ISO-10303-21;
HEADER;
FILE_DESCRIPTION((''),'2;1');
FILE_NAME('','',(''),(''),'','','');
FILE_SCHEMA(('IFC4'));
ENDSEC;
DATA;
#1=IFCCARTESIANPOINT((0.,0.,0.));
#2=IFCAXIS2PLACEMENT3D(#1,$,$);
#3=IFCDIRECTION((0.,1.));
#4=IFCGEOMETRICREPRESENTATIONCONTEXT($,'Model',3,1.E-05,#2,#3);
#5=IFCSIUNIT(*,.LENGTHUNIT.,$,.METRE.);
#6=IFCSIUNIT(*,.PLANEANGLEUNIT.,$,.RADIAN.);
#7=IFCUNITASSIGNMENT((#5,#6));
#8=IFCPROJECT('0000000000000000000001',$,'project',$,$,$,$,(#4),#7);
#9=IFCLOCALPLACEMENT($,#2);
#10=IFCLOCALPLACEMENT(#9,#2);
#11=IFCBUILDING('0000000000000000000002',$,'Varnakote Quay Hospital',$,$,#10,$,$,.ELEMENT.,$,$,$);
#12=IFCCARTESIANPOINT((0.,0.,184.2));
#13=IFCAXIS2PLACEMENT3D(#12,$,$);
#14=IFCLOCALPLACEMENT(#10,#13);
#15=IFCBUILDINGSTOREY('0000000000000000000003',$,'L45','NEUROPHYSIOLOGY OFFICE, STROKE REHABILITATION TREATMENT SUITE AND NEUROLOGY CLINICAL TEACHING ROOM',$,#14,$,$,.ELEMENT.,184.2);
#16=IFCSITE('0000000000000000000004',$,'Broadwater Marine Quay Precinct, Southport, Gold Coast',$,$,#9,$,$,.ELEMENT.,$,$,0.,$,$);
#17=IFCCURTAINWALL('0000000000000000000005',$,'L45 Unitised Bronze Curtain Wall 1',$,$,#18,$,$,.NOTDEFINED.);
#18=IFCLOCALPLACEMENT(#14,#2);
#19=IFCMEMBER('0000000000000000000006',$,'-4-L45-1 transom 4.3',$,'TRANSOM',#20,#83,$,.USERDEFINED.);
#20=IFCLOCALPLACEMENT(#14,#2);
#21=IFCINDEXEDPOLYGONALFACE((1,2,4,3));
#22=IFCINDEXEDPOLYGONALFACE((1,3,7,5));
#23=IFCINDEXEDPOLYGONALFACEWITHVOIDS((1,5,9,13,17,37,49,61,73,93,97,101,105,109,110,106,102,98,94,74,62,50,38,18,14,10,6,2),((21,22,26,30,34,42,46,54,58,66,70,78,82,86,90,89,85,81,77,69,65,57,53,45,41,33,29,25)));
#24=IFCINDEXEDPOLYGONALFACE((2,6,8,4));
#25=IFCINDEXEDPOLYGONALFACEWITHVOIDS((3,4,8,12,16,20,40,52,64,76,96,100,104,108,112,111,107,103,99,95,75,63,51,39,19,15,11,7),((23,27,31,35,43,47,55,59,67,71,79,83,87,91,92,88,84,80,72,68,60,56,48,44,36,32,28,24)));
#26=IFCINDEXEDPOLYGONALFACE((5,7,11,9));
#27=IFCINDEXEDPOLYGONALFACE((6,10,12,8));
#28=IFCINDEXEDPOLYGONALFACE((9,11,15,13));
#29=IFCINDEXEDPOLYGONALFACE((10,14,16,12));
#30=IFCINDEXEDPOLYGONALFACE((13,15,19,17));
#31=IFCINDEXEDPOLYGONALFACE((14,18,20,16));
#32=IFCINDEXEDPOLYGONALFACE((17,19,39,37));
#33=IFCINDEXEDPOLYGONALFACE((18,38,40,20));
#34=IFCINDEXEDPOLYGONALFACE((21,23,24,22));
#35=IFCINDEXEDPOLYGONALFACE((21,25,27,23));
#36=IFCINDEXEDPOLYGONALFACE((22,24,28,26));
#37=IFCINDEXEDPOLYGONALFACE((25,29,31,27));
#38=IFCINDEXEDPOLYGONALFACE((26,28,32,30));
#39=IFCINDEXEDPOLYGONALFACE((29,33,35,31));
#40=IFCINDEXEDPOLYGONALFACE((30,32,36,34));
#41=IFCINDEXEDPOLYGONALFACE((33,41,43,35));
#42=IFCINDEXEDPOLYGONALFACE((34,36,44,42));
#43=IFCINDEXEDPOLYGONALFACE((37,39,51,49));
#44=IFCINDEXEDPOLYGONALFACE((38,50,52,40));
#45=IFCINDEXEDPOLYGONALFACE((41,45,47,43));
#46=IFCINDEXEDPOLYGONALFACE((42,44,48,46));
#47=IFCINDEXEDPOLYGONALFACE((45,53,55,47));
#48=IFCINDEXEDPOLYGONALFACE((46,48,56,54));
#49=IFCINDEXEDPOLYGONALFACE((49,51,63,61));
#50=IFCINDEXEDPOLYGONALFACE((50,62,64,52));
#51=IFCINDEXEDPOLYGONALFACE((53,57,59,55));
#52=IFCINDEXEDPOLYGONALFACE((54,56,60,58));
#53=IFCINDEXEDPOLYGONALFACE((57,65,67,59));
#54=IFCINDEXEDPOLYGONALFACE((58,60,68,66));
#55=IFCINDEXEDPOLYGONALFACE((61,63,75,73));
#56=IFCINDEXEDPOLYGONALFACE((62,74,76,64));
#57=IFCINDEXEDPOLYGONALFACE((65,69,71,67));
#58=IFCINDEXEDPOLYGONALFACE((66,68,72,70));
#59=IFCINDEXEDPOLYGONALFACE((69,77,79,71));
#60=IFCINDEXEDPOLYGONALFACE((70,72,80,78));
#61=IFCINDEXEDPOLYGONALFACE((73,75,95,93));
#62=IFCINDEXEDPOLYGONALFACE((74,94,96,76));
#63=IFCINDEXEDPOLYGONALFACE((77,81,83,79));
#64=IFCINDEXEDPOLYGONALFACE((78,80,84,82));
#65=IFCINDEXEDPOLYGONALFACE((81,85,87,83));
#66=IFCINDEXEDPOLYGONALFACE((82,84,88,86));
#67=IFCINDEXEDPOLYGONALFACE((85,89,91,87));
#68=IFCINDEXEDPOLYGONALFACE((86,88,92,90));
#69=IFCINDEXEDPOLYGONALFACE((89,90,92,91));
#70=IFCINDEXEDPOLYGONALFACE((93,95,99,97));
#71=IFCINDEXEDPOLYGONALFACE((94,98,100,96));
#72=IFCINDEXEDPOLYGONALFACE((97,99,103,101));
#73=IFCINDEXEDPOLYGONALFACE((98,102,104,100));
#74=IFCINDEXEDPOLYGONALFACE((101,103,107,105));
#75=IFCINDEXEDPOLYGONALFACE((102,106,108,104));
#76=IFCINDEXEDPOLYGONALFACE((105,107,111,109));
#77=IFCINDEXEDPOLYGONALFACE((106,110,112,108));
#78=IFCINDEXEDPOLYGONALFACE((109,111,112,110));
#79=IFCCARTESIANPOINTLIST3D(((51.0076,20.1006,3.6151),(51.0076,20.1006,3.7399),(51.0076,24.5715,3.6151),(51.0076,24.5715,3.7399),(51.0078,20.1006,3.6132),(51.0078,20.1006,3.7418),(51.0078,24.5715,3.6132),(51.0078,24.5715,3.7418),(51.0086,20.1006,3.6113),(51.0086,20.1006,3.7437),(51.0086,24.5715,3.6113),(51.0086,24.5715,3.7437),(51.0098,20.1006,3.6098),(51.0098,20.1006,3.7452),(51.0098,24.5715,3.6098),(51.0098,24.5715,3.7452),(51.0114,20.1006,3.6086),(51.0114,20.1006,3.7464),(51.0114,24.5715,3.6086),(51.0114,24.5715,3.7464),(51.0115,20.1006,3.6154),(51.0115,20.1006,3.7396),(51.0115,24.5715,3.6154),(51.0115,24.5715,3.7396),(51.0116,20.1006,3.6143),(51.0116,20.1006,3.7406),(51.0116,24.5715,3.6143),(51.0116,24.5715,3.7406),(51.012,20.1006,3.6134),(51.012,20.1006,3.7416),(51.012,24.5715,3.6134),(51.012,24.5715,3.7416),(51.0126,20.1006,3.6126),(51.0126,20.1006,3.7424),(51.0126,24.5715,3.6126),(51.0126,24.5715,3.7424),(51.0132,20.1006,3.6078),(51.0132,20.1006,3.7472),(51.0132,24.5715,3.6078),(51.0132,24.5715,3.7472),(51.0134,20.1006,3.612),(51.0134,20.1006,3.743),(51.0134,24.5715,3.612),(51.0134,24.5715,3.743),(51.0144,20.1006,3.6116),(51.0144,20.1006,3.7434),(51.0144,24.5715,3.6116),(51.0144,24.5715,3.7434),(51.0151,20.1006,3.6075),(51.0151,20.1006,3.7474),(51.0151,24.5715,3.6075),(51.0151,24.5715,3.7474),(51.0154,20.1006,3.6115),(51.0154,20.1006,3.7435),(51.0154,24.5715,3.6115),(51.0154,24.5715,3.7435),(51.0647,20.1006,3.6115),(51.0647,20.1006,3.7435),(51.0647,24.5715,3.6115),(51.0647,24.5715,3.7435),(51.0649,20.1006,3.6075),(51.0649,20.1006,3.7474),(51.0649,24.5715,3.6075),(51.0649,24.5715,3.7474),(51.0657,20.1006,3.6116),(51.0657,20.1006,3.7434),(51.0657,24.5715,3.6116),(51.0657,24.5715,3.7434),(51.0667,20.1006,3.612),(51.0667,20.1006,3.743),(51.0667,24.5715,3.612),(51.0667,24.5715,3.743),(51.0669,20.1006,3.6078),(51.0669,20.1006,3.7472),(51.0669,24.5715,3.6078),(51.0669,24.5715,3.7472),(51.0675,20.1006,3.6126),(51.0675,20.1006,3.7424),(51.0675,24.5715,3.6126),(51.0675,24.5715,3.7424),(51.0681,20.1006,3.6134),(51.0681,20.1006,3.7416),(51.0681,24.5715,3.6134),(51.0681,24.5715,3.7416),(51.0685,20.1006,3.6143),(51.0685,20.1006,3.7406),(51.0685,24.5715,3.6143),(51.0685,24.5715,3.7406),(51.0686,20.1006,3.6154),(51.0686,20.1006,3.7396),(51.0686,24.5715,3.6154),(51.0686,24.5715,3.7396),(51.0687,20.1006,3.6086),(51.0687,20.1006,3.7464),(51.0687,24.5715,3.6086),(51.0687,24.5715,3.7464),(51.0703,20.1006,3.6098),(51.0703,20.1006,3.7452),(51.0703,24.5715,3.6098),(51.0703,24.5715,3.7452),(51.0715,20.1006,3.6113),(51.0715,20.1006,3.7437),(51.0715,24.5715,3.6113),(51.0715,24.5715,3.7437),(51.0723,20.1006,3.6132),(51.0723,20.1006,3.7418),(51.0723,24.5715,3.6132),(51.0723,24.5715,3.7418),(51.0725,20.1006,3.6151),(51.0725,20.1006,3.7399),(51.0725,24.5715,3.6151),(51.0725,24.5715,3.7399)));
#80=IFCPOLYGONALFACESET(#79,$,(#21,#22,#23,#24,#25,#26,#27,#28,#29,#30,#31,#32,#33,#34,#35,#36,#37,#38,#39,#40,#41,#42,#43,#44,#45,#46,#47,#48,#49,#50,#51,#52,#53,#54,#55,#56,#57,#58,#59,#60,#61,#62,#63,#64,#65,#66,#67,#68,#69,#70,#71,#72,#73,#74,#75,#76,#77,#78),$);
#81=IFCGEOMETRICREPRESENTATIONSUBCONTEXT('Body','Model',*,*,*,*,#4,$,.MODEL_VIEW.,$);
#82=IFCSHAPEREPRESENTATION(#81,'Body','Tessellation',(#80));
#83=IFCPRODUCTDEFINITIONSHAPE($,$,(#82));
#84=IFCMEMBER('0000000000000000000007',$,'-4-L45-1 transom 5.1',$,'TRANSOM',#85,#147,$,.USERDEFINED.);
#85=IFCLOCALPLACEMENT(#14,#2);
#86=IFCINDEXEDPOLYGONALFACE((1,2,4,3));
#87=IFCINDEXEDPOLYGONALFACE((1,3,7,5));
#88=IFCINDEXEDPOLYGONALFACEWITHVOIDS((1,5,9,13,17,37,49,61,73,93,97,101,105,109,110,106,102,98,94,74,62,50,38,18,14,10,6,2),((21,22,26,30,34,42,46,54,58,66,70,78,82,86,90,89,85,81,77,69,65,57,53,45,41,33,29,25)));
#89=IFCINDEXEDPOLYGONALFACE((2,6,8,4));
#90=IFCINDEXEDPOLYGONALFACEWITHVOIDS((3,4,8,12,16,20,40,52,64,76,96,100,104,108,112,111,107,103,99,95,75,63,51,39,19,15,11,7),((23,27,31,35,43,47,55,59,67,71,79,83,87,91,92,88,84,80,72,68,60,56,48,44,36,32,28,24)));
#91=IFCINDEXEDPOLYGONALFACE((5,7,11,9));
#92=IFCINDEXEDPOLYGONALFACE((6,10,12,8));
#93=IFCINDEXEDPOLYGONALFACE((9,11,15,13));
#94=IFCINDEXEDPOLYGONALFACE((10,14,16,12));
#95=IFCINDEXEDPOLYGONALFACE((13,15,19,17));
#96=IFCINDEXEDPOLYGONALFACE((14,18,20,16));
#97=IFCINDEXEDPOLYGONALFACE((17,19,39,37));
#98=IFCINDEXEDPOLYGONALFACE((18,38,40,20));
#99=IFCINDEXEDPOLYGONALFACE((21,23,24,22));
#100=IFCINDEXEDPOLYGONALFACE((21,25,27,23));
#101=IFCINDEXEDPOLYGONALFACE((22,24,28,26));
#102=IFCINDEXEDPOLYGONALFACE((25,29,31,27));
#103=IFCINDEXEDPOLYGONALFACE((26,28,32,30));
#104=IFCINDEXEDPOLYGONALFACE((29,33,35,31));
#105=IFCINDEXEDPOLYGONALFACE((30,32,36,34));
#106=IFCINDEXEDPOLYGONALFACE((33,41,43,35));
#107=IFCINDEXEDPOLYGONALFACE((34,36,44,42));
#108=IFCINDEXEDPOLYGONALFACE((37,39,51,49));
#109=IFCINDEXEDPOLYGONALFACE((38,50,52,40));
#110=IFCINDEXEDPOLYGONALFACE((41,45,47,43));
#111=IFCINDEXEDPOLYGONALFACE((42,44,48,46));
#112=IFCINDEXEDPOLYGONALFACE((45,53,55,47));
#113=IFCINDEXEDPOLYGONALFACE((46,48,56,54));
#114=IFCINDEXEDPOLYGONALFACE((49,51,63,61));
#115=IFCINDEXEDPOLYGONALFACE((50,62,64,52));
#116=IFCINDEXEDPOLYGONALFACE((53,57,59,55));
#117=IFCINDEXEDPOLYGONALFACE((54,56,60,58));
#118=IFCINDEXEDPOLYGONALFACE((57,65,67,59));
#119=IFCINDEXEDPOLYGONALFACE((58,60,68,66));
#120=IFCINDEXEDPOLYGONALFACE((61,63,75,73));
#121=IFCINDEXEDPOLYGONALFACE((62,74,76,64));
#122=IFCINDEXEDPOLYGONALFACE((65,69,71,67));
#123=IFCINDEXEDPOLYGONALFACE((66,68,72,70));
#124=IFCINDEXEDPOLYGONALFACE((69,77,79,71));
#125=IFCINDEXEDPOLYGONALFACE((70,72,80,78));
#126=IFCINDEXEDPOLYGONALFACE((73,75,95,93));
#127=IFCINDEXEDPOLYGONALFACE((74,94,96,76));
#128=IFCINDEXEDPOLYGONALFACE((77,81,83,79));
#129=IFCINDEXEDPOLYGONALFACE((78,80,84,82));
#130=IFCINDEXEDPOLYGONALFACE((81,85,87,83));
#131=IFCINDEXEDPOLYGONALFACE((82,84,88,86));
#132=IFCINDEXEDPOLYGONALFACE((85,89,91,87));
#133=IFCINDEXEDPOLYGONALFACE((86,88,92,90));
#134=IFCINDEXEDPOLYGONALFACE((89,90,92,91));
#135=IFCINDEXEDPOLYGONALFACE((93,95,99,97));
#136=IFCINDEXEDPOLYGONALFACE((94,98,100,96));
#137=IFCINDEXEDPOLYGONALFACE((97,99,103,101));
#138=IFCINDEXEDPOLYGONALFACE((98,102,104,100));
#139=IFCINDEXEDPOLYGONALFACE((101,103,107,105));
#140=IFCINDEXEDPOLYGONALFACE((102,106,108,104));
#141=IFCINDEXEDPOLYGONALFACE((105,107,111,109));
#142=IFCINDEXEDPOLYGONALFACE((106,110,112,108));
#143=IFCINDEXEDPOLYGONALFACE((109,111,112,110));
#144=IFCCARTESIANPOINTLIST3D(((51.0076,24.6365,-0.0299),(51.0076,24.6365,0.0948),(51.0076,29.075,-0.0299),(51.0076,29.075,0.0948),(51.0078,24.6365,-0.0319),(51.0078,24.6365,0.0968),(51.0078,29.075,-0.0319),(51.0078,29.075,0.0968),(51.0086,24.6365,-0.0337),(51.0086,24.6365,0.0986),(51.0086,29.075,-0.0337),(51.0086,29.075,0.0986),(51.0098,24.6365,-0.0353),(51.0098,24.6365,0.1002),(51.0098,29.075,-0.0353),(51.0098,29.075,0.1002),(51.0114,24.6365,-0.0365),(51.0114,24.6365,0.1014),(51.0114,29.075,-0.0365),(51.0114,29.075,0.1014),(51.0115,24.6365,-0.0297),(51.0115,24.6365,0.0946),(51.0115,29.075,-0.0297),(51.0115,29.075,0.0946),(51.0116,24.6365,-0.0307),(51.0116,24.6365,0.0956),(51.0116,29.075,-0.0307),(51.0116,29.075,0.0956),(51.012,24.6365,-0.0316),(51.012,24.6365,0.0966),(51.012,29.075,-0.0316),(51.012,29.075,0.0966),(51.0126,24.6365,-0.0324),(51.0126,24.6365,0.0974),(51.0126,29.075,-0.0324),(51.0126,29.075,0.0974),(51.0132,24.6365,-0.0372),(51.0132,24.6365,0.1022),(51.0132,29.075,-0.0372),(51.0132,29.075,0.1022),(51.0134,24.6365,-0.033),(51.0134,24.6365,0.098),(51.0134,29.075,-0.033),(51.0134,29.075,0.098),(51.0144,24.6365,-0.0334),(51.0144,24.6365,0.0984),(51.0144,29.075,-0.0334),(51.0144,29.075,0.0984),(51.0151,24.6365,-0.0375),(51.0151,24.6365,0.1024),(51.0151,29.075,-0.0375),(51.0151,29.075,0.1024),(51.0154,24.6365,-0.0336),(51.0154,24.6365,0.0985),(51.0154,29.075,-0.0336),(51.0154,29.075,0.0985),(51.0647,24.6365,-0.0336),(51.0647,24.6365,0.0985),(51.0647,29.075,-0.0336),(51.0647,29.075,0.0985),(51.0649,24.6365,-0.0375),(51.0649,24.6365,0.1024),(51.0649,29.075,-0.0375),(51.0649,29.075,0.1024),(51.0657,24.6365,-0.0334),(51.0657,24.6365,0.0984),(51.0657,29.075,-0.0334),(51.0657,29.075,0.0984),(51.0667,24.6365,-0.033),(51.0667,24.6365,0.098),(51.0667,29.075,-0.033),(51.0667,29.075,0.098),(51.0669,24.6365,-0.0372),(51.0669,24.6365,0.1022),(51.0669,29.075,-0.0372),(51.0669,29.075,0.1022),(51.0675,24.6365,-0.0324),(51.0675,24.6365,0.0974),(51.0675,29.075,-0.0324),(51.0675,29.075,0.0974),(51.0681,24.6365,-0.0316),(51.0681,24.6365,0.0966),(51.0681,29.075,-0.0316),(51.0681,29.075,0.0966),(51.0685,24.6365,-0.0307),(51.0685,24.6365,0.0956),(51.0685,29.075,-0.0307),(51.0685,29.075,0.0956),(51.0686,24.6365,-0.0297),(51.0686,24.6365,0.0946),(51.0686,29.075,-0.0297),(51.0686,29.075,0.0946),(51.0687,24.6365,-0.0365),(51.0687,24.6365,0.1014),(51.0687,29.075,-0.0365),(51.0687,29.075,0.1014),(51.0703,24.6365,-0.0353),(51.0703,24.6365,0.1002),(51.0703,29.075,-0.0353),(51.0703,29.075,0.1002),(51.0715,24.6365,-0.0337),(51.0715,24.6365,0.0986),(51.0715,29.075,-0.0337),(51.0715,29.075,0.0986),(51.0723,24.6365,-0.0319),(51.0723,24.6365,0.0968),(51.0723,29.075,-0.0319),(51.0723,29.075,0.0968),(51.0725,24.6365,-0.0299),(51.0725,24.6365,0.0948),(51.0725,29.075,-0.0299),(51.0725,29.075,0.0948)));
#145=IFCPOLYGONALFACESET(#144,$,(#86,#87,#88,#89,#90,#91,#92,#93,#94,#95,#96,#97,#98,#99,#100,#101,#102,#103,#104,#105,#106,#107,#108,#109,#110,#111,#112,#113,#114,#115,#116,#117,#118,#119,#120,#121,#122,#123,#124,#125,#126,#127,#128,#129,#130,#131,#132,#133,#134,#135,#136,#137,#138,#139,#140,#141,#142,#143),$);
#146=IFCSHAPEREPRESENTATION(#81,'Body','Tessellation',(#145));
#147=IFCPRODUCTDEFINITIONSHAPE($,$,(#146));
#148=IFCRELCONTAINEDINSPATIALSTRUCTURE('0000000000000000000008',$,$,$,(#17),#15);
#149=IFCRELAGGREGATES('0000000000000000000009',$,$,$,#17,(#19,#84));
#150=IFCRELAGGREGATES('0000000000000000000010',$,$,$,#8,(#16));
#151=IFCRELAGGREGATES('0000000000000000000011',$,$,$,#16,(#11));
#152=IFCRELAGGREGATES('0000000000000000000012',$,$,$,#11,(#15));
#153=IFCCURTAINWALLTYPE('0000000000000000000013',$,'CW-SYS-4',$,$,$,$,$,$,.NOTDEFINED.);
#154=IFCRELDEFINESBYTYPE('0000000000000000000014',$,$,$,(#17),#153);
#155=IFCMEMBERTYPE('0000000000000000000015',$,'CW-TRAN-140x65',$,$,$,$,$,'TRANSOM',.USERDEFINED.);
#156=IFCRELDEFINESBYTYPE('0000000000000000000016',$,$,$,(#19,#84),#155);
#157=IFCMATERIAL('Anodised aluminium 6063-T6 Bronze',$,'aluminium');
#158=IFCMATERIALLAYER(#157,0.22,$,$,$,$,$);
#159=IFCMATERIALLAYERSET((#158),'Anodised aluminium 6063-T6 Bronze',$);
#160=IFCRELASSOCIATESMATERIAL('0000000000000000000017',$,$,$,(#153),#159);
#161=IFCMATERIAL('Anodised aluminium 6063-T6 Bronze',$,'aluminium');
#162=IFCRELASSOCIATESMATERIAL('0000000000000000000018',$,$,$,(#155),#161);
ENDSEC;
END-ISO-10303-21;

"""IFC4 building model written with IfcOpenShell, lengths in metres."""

from ifc_helpers import new_model, si_unit, direction, frame, origin, origin_2d, place, context, subcontext, project, spatial, hollow_rectangle, extrude, material, layer, layer_set, material_profile, profile_set, type_object, element, aggregate, save


model = new_model("IFC4")

# Units and contexts
model_context = context("Model", 3, precision=1e-05, world=origin(), true_north=direction((0.0, 1.0)))
body_context = subcontext(model_context, "Body", "Model", "MODEL_VIEW")
ifc_project = project(units=[si_unit("LENGTHUNIT", "METRE"), si_unit("PLANEANGLEUNIT", "RADIAN")], contexts=[model_context])

# Site, building, storey
site_placement = place(None, origin())
site = spatial("IfcSite", under=ifc_project, at=site_placement, Name="Broadwater Marine Quay Precinct, Southport, Gold Coast", CompositionType="ELEMENT", RefElevation=0.0)
building_placement = place(site_placement, origin())
building = spatial("IfcBuilding", under=site, at=building_placement, Name="Varnakote Quay Hospital", CompositionType="ELEMENT")
storey_placement = place(building_placement, frame((0.0, 0.0, 184.2)))
storey = spatial("IfcBuildingStorey", under=building, at=storey_placement, Name="L45", Description="NEUROPHYSIOLOGY OFFICE, STROKE REHABILITATION TREATMENT SUITE AND NEUROLOGY CLINICAL TEACHING ROOM", CompositionType="ELEMENT", Elevation=184.2)

# Curtain wall, members
ifc_material_1 = material(Name="Anodised aluminium 6063-T6 Bronze", Category="aluminium")
ifc_layer_1 = layer(ifc_material_1, 0.22)
ifc_layer_set_1 = layer_set([ifc_layer_1], Name="Anodised aluminium 6063-T6 Bronze")
curtain_wall_type = type_object("IfcCurtainWallType", Name="CW-SYS-4", PredefinedType="NOTDEFINED", material=ifc_layer_set_1)
curtain_wall_placement = place(storey_placement, origin())
curtain_wall = element("IfcCurtainWall", 1, at=curtain_wall_placement, inside=storey, type_object=curtain_wall_type, Name="L45 Unitised Bronze Curtain Wall 1", PredefinedType="NOTDEFINED")
ifc_material_2 = material(Name="Anodised aluminium 6063-T6 Bronze", Category="aluminium")
ifc_material_profile_1 = material_profile(ifc_material_2, hollow_rectangle(XDim=0.0649, YDim=0.1399, WallThickness=0.0039, InnerFilletRadius=0.0039, OuterFilletRadius=0.0076, at=origin_2d()), Name="CW-TRAN-140x65")
ifc_profile_set_1 = profile_set([ifc_material_profile_1], Name="Anodised aluminium 6063-T6 Bronze")
member_type_1 = type_object("IfcMemberType", Name="CW-TRAN-140x65", ElementType="TRANSOM", PredefinedType="USERDEFINED", material=ifc_profile_set_1)
member_1_placement = place(storey_placement, frame((51.04, 20.1006, 3.6775), z_axis=(0.0, 1.0, 0.0), x_axis=(-1.0, 0.0, 0.0)))
member_1 = element("IfcMember", 2, at=member_1_placement, type_object=member_type_1, Name="-4-L45-1 transom 4.3", ObjectType="TRANSOM", PredefinedType="USERDEFINED", context=body_context, shape_type="SweptSolid", body=[
    extrude(hollow_rectangle(XDim=0.0649, YDim=0.1399, WallThickness=0.0039, InnerFilletRadius=0.0039, OuterFilletRadius=0.0076, at=origin_2d()), origin(), (0.0, 0.0, 1.0), 4.4709),
])
member_2_placement = place(storey_placement, frame((51.04, 24.6365, 0.0325), z_axis=(0.0, 1.0, 0.0), x_axis=(-1.0, 0.0, 0.0)))
member_2 = element("IfcMember", 3, at=member_2_placement, type_object=member_type_1, Name="-4-L45-1 transom 5.1", ObjectType="TRANSOM", PredefinedType="USERDEFINED", context=body_context, shape_type="SweptSolid", body=[
    extrude(hollow_rectangle(XDim=0.0649, YDim=0.1399, WallThickness=0.0039, InnerFilletRadius=0.0039, OuterFilletRadius=0.0076, at=origin_2d()), origin(), (0.0, 0.0, 1.0), 4.4385),
])
aggregate(curtain_wall, [member_1, member_2])

save(model, "model.ifc")
